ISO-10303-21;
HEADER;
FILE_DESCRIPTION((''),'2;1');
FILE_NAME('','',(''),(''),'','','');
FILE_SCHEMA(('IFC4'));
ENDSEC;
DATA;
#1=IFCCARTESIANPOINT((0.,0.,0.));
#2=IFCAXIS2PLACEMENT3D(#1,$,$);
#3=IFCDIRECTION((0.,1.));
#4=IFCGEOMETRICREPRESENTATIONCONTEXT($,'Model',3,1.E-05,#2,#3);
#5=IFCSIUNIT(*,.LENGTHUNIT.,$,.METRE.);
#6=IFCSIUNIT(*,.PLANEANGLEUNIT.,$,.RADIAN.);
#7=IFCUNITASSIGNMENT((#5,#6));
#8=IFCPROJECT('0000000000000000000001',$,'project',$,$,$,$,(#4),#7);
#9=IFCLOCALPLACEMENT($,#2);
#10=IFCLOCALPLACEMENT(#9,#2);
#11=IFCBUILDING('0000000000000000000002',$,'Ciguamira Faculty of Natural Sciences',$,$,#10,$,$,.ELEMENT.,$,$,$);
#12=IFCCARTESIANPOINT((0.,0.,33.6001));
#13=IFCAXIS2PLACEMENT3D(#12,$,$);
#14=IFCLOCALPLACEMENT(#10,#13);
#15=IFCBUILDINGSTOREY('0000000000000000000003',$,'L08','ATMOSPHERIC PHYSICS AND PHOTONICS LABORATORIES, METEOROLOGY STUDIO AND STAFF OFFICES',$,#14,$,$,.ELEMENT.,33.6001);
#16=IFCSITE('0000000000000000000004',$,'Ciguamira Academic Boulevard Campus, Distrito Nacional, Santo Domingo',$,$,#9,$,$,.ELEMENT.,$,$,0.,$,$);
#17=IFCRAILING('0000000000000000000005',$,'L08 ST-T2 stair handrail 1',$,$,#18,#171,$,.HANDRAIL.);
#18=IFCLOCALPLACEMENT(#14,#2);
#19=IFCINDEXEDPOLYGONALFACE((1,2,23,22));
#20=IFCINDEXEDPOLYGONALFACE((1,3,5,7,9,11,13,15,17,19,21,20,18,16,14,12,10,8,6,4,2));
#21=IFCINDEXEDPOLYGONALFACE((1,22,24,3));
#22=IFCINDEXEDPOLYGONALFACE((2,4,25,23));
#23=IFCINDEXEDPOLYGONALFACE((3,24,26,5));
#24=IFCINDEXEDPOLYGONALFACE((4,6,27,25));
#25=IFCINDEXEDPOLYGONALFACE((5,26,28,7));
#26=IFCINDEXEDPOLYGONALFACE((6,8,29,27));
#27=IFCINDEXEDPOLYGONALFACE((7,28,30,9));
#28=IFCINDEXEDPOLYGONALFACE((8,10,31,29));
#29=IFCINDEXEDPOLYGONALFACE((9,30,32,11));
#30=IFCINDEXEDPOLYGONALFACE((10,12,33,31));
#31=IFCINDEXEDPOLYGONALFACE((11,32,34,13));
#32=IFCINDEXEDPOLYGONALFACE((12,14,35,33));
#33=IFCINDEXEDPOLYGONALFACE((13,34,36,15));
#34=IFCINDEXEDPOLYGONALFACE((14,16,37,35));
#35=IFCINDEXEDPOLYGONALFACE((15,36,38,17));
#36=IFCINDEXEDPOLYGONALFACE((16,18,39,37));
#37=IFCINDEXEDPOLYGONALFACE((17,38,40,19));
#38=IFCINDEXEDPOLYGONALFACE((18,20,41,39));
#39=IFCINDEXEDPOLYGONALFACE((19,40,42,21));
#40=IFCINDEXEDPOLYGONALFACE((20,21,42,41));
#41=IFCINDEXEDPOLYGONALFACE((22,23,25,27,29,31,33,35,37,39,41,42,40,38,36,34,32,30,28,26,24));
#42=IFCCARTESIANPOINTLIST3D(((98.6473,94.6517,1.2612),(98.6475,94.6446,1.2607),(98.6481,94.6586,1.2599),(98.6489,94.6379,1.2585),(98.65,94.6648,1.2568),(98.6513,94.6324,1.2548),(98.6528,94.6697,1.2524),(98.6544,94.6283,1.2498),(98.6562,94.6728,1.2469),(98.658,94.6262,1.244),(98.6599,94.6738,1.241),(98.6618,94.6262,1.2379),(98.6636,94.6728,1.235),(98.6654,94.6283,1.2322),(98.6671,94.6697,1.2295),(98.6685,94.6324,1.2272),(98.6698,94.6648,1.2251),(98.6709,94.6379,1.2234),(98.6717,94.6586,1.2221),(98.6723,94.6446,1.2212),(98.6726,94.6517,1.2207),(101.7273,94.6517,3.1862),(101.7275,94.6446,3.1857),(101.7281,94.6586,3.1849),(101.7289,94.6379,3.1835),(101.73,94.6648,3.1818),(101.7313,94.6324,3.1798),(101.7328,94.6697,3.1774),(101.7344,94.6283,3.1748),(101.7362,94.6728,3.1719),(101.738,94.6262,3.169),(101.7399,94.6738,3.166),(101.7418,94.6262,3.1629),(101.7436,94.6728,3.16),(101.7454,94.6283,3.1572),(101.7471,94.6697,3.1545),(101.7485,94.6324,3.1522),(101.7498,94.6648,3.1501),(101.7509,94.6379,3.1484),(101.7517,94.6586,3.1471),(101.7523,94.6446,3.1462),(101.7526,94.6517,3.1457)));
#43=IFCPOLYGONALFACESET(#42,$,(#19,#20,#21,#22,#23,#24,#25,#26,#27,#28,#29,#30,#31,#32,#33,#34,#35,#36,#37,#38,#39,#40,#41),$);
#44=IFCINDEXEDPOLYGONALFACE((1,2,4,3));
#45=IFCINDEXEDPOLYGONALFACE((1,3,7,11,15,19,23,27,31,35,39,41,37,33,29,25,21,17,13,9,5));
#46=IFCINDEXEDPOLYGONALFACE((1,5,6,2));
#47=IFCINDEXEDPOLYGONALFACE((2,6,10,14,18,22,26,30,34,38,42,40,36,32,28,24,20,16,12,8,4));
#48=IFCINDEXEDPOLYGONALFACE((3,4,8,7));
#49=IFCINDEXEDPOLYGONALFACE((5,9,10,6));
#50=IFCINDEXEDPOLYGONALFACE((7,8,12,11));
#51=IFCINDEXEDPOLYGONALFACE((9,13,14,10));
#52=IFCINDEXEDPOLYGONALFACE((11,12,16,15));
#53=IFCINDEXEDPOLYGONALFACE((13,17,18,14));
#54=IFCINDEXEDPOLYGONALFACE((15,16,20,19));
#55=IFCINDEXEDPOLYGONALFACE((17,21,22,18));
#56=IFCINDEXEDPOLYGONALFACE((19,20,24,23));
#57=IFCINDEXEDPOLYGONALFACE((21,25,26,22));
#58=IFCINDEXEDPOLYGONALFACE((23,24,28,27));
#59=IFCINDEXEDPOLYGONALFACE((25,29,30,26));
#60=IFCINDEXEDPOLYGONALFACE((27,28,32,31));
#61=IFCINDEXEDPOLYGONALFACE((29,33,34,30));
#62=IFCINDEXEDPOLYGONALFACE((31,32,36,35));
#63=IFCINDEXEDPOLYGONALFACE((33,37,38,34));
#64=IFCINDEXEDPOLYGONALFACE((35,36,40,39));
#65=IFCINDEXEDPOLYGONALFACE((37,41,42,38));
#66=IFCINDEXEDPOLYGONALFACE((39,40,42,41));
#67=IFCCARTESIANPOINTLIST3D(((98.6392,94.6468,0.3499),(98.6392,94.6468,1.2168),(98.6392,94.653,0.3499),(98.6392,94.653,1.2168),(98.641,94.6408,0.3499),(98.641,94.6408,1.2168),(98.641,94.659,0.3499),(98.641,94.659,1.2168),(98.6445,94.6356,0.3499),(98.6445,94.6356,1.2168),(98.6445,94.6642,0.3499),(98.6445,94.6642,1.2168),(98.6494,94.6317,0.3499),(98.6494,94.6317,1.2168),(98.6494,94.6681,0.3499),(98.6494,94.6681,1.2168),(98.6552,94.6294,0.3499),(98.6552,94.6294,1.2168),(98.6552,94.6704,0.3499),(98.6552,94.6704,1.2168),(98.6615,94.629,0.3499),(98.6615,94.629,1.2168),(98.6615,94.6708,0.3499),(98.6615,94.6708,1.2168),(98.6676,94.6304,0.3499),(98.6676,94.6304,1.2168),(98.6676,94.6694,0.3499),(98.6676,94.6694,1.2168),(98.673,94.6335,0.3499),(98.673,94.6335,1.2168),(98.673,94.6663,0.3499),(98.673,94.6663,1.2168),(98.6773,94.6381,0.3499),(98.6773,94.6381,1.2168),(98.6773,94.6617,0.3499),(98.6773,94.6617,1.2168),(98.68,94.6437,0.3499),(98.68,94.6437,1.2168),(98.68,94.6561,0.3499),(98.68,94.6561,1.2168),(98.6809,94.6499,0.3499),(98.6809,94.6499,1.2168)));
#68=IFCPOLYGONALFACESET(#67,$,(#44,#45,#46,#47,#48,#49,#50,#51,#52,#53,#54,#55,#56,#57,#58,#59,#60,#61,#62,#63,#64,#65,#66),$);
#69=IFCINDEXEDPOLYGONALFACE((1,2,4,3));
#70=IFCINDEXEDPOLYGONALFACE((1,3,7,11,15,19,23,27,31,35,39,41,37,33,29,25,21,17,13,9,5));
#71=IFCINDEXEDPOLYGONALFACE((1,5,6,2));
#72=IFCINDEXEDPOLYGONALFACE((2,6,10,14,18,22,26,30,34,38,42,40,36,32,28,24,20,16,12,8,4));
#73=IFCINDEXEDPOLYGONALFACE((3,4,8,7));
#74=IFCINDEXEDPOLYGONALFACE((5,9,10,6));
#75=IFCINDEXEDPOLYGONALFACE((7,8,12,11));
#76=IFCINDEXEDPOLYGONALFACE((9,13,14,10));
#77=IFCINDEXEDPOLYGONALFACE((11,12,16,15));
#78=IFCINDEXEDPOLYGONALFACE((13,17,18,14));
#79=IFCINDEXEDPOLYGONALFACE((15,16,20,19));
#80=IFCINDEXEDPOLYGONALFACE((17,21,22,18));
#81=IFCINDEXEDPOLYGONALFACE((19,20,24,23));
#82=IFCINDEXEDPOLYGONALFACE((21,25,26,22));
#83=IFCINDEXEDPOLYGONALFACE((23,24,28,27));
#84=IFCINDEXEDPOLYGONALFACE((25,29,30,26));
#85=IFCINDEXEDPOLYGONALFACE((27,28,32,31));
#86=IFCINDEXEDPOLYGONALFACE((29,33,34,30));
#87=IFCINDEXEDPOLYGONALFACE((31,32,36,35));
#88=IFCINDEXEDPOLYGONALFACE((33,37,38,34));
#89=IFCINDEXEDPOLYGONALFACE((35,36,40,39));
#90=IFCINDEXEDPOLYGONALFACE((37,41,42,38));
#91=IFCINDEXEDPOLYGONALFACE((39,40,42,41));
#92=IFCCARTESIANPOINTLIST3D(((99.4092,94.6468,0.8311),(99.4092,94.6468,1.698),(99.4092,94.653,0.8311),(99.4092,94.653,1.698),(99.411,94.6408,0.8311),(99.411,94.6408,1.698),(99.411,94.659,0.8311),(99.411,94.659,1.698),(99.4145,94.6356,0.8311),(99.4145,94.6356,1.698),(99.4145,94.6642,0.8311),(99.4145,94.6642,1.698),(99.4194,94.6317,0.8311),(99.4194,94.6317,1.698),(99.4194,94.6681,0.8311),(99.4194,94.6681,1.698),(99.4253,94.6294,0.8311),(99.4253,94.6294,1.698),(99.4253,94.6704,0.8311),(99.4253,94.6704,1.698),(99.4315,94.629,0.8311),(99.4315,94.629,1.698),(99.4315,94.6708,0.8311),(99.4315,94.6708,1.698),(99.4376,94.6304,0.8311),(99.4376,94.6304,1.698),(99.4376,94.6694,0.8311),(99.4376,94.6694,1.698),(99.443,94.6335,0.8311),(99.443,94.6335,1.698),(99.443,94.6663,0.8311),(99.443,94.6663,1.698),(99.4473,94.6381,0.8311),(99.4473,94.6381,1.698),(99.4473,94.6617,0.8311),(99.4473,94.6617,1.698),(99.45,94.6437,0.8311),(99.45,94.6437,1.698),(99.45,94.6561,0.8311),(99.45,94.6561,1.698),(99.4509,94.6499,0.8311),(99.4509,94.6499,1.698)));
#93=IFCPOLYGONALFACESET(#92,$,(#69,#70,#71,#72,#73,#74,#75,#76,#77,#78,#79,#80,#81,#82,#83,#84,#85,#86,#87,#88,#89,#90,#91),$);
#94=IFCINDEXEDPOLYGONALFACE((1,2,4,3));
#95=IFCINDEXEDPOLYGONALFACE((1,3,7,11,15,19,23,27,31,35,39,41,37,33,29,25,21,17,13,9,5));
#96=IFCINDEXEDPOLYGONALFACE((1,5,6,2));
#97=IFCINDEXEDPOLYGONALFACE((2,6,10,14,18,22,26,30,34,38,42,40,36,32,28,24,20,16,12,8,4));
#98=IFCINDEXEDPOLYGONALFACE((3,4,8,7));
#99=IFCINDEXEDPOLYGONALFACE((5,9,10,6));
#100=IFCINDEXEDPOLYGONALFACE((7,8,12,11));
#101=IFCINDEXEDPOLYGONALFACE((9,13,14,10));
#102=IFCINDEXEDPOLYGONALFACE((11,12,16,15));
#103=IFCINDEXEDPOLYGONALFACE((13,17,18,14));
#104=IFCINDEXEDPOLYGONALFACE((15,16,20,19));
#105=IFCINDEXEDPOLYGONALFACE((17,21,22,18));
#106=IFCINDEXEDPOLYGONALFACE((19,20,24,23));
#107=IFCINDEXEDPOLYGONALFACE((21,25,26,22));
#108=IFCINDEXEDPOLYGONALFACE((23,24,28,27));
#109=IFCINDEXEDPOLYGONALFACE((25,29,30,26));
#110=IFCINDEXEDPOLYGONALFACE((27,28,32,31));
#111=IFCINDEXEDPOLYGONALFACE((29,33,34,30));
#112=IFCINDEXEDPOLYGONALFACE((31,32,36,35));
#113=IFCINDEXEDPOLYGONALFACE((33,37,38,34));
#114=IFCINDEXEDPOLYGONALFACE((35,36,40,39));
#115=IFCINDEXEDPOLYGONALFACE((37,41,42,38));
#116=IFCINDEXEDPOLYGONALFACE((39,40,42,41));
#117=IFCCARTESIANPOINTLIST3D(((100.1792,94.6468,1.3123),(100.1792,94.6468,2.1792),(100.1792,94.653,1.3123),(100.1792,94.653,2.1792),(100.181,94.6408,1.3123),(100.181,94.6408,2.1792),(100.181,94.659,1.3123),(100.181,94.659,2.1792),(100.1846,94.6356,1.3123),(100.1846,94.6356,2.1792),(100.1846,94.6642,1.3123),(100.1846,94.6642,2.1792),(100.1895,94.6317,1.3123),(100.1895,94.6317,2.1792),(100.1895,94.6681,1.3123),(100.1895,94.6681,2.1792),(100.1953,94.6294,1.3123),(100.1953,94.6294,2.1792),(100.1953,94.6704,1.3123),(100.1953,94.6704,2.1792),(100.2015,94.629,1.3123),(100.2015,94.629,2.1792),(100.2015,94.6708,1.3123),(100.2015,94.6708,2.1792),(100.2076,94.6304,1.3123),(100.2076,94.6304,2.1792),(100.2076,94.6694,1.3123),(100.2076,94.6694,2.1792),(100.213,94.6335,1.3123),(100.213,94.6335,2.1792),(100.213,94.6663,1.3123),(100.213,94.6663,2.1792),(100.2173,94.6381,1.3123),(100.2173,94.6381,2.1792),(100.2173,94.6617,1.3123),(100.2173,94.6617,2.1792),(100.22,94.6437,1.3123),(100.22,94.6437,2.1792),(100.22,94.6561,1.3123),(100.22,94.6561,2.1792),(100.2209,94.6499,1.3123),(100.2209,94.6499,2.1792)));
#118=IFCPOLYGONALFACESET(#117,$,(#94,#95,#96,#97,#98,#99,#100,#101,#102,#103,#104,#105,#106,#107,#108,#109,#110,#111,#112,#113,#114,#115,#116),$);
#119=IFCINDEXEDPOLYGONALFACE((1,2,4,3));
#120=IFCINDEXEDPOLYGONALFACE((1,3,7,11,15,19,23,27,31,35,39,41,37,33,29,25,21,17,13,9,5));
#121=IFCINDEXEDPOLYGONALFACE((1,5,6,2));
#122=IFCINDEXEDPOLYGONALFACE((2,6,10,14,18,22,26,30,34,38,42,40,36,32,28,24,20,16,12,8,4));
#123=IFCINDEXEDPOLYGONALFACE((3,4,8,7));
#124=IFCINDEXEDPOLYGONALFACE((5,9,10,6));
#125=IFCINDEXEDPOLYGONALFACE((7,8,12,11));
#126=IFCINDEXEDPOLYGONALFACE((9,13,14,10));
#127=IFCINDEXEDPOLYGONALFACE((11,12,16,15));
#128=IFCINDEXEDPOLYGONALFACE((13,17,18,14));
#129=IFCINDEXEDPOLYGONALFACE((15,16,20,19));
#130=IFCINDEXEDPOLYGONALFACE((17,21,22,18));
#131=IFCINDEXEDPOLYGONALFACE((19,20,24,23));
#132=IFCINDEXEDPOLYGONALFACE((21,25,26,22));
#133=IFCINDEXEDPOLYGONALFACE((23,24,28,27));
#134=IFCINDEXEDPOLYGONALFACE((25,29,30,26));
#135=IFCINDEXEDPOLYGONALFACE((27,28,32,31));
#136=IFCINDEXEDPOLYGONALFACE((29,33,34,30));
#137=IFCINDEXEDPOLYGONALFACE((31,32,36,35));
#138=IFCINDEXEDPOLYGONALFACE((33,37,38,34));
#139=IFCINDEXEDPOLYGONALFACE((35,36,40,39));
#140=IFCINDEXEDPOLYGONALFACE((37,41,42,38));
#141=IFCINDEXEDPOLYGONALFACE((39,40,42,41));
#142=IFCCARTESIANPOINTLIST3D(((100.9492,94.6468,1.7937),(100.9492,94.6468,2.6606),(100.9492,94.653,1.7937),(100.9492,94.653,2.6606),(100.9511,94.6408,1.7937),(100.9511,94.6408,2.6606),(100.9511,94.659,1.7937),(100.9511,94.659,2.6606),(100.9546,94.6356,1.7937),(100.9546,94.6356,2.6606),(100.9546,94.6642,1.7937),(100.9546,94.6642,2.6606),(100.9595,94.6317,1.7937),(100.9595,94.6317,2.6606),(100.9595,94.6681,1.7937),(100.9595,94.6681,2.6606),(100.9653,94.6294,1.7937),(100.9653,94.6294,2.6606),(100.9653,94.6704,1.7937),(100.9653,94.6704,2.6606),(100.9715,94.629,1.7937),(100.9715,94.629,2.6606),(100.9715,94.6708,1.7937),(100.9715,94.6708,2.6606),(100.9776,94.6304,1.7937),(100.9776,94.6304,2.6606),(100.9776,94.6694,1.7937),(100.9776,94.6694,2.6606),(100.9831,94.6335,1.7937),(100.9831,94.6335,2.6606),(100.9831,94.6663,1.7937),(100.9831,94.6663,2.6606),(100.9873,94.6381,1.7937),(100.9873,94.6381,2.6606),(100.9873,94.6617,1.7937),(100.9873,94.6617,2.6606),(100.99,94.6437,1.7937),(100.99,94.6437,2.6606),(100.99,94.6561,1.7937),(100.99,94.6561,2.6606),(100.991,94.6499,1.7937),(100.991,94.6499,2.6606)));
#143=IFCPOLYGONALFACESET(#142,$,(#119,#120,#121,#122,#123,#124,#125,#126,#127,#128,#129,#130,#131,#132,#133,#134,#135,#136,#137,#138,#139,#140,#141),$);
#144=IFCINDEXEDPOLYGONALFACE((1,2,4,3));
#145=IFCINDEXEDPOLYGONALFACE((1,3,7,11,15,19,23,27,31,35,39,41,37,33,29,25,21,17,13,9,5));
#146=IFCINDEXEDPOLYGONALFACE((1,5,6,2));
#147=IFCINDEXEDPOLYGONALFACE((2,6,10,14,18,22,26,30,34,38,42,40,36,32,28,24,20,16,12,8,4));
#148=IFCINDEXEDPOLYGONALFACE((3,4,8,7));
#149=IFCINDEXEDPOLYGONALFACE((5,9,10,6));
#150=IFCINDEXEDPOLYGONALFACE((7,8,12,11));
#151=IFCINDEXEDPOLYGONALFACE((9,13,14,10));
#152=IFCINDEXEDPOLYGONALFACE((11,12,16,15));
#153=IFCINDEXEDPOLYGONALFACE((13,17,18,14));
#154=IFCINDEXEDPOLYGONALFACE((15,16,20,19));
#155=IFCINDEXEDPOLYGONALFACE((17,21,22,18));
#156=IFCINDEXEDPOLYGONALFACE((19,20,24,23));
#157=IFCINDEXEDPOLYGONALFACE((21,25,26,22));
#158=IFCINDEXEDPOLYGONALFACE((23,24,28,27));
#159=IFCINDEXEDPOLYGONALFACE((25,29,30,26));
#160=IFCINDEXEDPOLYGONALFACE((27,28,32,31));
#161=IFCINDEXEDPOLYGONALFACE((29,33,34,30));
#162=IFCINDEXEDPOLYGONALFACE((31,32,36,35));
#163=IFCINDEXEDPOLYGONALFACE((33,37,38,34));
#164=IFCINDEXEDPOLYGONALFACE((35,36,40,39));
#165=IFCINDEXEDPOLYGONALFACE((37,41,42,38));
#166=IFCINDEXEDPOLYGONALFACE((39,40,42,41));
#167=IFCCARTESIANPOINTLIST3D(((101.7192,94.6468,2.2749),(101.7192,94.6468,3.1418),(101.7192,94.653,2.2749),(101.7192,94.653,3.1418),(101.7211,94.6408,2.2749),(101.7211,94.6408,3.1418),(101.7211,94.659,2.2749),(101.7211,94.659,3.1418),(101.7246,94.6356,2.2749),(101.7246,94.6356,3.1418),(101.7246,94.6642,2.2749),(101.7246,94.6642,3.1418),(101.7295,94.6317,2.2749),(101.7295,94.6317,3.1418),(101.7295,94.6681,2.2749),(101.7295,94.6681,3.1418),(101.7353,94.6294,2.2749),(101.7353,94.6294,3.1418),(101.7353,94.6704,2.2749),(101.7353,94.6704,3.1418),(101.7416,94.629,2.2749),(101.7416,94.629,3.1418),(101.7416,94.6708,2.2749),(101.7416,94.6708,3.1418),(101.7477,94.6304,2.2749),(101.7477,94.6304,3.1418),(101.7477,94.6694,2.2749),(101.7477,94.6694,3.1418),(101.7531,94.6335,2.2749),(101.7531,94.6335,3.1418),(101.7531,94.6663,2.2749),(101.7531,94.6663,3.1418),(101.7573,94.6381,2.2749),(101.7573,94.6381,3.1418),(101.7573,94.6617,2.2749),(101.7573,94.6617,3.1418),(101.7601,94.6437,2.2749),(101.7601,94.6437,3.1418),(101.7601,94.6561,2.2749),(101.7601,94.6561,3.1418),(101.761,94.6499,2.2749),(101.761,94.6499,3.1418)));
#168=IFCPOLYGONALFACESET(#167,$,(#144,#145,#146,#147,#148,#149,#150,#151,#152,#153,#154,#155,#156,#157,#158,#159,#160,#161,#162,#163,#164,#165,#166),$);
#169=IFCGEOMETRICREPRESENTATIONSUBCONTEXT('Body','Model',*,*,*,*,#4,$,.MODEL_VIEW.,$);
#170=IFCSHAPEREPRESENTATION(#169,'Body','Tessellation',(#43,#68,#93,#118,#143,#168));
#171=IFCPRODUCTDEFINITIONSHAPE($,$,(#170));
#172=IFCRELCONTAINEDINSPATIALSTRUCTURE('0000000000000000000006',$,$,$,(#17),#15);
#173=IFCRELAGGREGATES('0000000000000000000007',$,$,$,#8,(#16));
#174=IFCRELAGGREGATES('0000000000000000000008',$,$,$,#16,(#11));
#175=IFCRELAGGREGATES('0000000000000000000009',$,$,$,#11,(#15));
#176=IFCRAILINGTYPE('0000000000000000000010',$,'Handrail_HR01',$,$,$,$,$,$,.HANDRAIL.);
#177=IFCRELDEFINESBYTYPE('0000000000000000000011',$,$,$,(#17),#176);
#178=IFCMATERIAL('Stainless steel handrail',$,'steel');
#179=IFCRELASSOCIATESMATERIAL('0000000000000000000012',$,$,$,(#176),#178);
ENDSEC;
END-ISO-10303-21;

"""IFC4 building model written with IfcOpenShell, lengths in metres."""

from ifc_helpers import new_model, si_unit, direction, frame, origin, origin_2d, place, context, subcontext, project, spatial, circle, extrude, material, type_object, element, save


model = new_model("IFC4")

# Units and contexts
model_context = context("Model", 3, precision=1e-05, world=origin(), true_north=direction((0.0, 1.0)))
body_context = subcontext(model_context, "Body", "Model", "MODEL_VIEW")
ifc_project = project(units=[si_unit("LENGTHUNIT", "METRE"), si_unit("PLANEANGLEUNIT", "RADIAN")], contexts=[model_context])

# Site, building, storey
site_placement = place(None, origin())
site = spatial("IfcSite", under=ifc_project, at=site_placement, Name="Ciguamira Academic Boulevard Campus, Distrito Nacional, Santo Domingo", CompositionType="ELEMENT", RefElevation=0.0)
building_placement = place(site_placement, origin())
building = spatial("IfcBuilding", under=site, at=building_placement, Name="Ciguamira Faculty of Natural Sciences", CompositionType="ELEMENT")
storey_placement = place(building_placement, frame((0.0, 0.0, 33.6001)))
storey = spatial("IfcBuildingStorey", under=building, at=storey_placement, Name="L08", Description="ATMOSPHERIC PHYSICS AND PHOTONICS LABORATORIES, METEOROLOGY STUDIO AND STAFF OFFICES", CompositionType="ELEMENT", Elevation=33.6001)

# Railing
ifc_material_1 = material(Name="Stainless steel handrail", Category="steel")
railing_type_1 = type_object("IfcRailingType", Name="Handrail_HR01", PredefinedType="HANDRAIL", material=ifc_material_1)
railing_1_placement = place(storey_placement, frame((98.6599, 94.6499, 0.3499)))
element("IfcRailing", 1, at=railing_1_placement, inside=storey, type_object=railing_type_1, Name="L08 ST-T2 stair handrail 1", PredefinedType="HANDRAIL", context=body_context, shape_type="SweptSolid", body=[
    extrude(circle(Radius=0.0239, at=origin_2d()), frame((0.0, 0.0, 0.8911), z_axis=(0.847998, 0.0, 0.529999), x_axis=(0.0, 1.0, 0.0)), (0.0, 0.0, 1.0), 3.6321),
    extrude(circle(Radius=0.021, at=origin_2d()), origin(), (0.0, 0.0, 1.0), 0.8669),
    extrude(circle(Radius=0.021, at=origin_2d()), frame((0.77, 0.0, 0.4812)), (0.0, 0.0, 1.0), 0.8669),
    extrude(circle(Radius=0.021, at=origin_2d()), frame((1.54, 0.0, 0.9624)), (0.0, 0.0, 1.0), 0.8669),
    extrude(circle(Radius=0.021, at=origin_2d()), frame((2.3101, 0.0, 1.4438)), (0.0, 0.0, 1.0), 0.8669),
    extrude(circle(Radius=0.021, at=origin_2d()), frame((3.0801, 0.0, 1.925)), (0.0, 0.0, 1.0), 0.8669),
])

save(model, "model.ifc")
